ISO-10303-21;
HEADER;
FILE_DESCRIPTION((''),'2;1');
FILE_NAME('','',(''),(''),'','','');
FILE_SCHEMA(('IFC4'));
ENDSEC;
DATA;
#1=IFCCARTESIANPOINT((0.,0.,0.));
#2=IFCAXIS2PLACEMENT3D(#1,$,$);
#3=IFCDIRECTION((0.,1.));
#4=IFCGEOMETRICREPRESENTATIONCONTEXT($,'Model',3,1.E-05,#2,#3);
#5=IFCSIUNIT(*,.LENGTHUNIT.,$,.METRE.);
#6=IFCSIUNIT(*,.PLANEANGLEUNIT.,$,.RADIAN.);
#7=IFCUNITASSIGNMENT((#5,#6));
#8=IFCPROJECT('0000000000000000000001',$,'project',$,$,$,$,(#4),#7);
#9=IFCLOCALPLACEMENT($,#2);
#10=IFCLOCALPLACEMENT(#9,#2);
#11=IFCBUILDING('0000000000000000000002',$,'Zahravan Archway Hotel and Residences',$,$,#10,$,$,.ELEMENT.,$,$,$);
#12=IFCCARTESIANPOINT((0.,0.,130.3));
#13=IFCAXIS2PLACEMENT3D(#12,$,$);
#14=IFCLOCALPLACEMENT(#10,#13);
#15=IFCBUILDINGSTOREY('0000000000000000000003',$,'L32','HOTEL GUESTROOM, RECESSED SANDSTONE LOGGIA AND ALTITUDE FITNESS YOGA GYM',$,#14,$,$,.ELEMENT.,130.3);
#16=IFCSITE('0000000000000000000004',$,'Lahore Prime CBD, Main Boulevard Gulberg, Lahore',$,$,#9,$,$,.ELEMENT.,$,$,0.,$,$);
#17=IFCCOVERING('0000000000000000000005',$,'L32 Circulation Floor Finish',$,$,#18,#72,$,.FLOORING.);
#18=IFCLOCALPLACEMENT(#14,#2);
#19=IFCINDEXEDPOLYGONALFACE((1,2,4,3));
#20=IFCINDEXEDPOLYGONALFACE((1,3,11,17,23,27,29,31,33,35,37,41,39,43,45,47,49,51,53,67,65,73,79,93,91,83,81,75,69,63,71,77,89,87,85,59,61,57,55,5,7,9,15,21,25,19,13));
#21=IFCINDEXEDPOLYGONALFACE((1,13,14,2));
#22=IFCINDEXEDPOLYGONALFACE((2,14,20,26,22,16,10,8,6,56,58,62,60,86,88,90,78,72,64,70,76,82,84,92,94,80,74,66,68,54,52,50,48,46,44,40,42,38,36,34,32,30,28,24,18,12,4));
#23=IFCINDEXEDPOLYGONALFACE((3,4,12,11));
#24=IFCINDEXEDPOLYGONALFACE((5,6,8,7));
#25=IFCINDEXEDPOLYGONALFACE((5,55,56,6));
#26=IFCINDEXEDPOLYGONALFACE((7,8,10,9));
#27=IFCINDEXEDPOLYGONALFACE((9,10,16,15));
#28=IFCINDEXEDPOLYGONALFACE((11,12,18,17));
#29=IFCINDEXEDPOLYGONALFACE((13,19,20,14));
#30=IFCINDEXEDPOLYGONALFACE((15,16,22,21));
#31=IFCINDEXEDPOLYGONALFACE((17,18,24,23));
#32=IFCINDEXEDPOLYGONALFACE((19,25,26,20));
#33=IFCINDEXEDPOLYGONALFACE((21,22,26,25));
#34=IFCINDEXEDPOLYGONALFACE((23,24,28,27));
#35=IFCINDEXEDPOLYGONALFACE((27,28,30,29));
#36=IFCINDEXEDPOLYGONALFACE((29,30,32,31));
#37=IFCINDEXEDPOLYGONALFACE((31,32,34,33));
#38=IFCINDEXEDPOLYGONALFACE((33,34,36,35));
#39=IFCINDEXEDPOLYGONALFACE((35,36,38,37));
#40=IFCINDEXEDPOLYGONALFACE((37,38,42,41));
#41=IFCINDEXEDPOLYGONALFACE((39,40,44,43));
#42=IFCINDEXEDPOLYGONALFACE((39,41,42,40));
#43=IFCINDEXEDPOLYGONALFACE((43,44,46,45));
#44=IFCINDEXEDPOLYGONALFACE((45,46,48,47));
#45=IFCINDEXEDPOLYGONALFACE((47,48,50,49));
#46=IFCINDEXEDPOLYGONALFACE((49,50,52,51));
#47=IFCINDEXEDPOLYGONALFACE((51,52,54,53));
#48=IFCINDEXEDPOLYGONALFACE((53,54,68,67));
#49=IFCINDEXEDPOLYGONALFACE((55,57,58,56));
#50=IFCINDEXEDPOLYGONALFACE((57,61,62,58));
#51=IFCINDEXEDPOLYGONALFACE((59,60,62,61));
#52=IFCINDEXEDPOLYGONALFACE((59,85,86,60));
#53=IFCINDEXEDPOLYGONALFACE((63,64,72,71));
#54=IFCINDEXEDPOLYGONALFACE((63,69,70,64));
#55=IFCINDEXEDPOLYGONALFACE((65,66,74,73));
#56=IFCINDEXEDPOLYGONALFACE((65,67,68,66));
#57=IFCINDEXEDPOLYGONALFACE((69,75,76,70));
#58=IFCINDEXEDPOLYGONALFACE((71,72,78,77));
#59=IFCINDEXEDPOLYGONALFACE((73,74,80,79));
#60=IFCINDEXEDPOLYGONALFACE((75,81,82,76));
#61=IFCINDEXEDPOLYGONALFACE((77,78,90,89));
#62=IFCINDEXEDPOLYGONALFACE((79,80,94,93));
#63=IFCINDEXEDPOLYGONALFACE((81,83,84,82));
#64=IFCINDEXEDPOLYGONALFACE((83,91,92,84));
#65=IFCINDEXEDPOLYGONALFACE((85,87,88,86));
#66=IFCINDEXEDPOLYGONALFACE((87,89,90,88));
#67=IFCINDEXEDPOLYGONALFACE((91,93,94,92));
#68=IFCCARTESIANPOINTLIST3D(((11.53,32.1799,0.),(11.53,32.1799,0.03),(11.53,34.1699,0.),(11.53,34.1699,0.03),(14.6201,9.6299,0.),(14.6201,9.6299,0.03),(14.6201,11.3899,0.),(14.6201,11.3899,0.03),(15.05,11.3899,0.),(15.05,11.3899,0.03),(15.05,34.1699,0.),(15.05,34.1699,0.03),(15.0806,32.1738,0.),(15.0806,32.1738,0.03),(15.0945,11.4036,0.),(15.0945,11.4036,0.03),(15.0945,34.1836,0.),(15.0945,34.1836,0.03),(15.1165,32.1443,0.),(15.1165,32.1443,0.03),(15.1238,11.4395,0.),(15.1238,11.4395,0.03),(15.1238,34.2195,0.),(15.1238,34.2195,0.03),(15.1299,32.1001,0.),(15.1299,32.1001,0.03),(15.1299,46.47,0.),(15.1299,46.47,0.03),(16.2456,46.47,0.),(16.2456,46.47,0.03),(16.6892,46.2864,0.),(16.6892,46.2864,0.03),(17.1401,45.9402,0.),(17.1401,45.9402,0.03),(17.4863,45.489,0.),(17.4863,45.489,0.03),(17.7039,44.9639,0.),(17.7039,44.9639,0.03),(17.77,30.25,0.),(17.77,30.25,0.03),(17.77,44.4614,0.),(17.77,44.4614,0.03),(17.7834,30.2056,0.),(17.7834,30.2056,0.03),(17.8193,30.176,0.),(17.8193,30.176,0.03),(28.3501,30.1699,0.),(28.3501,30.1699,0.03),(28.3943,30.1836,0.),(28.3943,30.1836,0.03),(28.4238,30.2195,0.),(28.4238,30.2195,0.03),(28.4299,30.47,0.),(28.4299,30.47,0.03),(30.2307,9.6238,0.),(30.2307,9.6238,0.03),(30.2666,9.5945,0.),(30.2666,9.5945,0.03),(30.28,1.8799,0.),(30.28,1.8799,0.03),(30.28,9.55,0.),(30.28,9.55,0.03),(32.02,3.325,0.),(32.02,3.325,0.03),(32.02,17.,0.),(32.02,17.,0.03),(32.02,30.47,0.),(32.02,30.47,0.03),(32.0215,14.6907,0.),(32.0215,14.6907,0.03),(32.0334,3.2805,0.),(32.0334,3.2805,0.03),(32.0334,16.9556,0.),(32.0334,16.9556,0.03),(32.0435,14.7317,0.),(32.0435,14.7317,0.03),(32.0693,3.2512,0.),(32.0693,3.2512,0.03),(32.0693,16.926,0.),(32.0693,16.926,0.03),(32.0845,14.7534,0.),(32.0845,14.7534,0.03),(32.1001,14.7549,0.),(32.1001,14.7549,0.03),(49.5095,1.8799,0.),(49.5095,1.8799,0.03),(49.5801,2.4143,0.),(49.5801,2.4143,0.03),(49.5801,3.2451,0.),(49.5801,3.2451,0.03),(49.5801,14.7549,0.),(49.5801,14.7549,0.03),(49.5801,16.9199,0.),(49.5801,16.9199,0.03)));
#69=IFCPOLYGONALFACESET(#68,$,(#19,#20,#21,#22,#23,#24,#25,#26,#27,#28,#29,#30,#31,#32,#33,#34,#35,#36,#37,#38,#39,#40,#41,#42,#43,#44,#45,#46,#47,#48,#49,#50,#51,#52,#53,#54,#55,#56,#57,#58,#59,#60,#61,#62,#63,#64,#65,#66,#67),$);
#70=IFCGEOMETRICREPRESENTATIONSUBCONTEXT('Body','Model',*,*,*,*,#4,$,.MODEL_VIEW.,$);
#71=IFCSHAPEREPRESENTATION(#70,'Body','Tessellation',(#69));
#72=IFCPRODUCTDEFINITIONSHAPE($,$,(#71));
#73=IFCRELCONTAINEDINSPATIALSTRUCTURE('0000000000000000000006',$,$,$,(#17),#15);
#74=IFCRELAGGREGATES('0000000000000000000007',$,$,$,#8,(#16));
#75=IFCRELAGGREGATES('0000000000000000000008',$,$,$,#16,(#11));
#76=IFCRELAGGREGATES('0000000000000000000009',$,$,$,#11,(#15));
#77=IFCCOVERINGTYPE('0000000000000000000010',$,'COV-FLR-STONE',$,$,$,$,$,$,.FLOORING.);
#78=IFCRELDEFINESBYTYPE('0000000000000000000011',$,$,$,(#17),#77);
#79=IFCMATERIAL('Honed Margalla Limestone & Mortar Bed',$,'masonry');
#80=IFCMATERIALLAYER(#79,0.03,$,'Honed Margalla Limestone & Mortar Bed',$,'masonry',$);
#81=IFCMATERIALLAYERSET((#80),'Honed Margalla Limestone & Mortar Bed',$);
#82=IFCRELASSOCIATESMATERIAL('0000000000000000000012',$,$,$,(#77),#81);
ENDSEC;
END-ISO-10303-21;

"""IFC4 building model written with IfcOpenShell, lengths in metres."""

from ifc_helpers import new_model, si_unit, direction, frame, origin, place, context, subcontext, project, spatial, polyline, outline, extrude, material, layer, layer_set, type_object, element, save


model = new_model("IFC4")

# Units and contexts
model_context = context("Model", 3, precision=1e-05, world=origin(), true_north=direction((0.0, 1.0)))
body_context = subcontext(model_context, "Body", "Model", "MODEL_VIEW")
ifc_project = project(units=[si_unit("LENGTHUNIT", "METRE"), si_unit("PLANEANGLEUNIT", "RADIAN")], contexts=[model_context])

# Site, building, storey
site_placement = place(None, origin())
site = spatial("IfcSite", under=ifc_project, at=site_placement, Name="Lahore Prime CBD, Main Boulevard Gulberg, Lahore", CompositionType="ELEMENT", RefElevation=0.0)
building_placement = place(site_placement, origin())
building = spatial("IfcBuilding", under=site, at=building_placement, Name="Zahravan Archway Hotel and Residences", CompositionType="ELEMENT")
storey_placement = place(building_placement, frame((0.0, 0.0, 130.3)))
storey = spatial("IfcBuildingStorey", under=building, at=storey_placement, Name="L32", Description="HOTEL GUESTROOM, RECESSED SANDSTONE LOGGIA AND ALTITUDE FITNESS YOGA GYM", CompositionType="ELEMENT", Elevation=130.3)

# Covering
ifc_material_1 = material(Name="Honed Margalla Limestone & Mortar Bed", Category="masonry")
ifc_layer_1 = layer(ifc_material_1, 0.03, Name="Honed Margalla Limestone & Mortar Bed", Category="masonry")
ifc_layer_set_1 = layer_set([ifc_layer_1], Name="Honed Margalla Limestone & Mortar Bed")
covering_type_1 = type_object("IfcCoveringType", Name="COV-FLR-STONE", PredefinedType="FLOORING", material=ifc_layer_set_1)
covering_1_placement = place(storey_placement, origin())
element("IfcCovering", 1, at=covering_1_placement, inside=storey, type_object=covering_type_1, Name="L32 Circulation Floor Finish", PredefinedType="FLOORING", context=body_context, shape_type="SweptSolid", body=[
    extrude(outline(polyline([(32.0845, 14.7534), (32.0435, 14.7317), (32.0215, 14.6907), (32.02, 3.325), (32.0334, 3.2805), (32.0693, 3.2512), (49.5801, 3.2451), (49.5801, 2.4143), (49.5095, 1.8799), (30.28, 1.8799), (30.28, 9.55), (30.2666, 9.5945), (30.2307, 9.6238), (14.6201, 9.6299), (14.6201, 11.3899), (15.05, 11.3899), (15.0945, 11.4036), (15.1238, 11.4395), (15.1299, 32.1001), (15.1165, 32.1443), (15.0806, 32.1738), (11.53, 32.1799), (11.53, 34.1699), (15.05, 34.1699), (15.0945, 34.1836), (15.1238, 34.2195), (15.1299, 46.47), (16.2456, 46.47), (16.6892, 46.2864), (17.1401, 45.9402), (17.4863, 45.489), (17.7039, 44.9639), (17.77, 44.4614), (17.77, 30.25), (17.7834, 30.2056), (17.8193, 30.176), (28.3501, 30.1699), (28.3943, 30.1836), (28.4238, 30.2195), (28.4299, 30.47), (32.02, 30.47), (32.02, 17.0), (32.0334, 16.9556), (32.0693, 16.926), (49.5801, 16.9199), (49.5801, 14.7549), (32.1001, 14.7549), (32.0845, 14.7534)])), origin(), (0.0, 0.0, 1.0), 0.03),
])

save(model, "model.ifc")
